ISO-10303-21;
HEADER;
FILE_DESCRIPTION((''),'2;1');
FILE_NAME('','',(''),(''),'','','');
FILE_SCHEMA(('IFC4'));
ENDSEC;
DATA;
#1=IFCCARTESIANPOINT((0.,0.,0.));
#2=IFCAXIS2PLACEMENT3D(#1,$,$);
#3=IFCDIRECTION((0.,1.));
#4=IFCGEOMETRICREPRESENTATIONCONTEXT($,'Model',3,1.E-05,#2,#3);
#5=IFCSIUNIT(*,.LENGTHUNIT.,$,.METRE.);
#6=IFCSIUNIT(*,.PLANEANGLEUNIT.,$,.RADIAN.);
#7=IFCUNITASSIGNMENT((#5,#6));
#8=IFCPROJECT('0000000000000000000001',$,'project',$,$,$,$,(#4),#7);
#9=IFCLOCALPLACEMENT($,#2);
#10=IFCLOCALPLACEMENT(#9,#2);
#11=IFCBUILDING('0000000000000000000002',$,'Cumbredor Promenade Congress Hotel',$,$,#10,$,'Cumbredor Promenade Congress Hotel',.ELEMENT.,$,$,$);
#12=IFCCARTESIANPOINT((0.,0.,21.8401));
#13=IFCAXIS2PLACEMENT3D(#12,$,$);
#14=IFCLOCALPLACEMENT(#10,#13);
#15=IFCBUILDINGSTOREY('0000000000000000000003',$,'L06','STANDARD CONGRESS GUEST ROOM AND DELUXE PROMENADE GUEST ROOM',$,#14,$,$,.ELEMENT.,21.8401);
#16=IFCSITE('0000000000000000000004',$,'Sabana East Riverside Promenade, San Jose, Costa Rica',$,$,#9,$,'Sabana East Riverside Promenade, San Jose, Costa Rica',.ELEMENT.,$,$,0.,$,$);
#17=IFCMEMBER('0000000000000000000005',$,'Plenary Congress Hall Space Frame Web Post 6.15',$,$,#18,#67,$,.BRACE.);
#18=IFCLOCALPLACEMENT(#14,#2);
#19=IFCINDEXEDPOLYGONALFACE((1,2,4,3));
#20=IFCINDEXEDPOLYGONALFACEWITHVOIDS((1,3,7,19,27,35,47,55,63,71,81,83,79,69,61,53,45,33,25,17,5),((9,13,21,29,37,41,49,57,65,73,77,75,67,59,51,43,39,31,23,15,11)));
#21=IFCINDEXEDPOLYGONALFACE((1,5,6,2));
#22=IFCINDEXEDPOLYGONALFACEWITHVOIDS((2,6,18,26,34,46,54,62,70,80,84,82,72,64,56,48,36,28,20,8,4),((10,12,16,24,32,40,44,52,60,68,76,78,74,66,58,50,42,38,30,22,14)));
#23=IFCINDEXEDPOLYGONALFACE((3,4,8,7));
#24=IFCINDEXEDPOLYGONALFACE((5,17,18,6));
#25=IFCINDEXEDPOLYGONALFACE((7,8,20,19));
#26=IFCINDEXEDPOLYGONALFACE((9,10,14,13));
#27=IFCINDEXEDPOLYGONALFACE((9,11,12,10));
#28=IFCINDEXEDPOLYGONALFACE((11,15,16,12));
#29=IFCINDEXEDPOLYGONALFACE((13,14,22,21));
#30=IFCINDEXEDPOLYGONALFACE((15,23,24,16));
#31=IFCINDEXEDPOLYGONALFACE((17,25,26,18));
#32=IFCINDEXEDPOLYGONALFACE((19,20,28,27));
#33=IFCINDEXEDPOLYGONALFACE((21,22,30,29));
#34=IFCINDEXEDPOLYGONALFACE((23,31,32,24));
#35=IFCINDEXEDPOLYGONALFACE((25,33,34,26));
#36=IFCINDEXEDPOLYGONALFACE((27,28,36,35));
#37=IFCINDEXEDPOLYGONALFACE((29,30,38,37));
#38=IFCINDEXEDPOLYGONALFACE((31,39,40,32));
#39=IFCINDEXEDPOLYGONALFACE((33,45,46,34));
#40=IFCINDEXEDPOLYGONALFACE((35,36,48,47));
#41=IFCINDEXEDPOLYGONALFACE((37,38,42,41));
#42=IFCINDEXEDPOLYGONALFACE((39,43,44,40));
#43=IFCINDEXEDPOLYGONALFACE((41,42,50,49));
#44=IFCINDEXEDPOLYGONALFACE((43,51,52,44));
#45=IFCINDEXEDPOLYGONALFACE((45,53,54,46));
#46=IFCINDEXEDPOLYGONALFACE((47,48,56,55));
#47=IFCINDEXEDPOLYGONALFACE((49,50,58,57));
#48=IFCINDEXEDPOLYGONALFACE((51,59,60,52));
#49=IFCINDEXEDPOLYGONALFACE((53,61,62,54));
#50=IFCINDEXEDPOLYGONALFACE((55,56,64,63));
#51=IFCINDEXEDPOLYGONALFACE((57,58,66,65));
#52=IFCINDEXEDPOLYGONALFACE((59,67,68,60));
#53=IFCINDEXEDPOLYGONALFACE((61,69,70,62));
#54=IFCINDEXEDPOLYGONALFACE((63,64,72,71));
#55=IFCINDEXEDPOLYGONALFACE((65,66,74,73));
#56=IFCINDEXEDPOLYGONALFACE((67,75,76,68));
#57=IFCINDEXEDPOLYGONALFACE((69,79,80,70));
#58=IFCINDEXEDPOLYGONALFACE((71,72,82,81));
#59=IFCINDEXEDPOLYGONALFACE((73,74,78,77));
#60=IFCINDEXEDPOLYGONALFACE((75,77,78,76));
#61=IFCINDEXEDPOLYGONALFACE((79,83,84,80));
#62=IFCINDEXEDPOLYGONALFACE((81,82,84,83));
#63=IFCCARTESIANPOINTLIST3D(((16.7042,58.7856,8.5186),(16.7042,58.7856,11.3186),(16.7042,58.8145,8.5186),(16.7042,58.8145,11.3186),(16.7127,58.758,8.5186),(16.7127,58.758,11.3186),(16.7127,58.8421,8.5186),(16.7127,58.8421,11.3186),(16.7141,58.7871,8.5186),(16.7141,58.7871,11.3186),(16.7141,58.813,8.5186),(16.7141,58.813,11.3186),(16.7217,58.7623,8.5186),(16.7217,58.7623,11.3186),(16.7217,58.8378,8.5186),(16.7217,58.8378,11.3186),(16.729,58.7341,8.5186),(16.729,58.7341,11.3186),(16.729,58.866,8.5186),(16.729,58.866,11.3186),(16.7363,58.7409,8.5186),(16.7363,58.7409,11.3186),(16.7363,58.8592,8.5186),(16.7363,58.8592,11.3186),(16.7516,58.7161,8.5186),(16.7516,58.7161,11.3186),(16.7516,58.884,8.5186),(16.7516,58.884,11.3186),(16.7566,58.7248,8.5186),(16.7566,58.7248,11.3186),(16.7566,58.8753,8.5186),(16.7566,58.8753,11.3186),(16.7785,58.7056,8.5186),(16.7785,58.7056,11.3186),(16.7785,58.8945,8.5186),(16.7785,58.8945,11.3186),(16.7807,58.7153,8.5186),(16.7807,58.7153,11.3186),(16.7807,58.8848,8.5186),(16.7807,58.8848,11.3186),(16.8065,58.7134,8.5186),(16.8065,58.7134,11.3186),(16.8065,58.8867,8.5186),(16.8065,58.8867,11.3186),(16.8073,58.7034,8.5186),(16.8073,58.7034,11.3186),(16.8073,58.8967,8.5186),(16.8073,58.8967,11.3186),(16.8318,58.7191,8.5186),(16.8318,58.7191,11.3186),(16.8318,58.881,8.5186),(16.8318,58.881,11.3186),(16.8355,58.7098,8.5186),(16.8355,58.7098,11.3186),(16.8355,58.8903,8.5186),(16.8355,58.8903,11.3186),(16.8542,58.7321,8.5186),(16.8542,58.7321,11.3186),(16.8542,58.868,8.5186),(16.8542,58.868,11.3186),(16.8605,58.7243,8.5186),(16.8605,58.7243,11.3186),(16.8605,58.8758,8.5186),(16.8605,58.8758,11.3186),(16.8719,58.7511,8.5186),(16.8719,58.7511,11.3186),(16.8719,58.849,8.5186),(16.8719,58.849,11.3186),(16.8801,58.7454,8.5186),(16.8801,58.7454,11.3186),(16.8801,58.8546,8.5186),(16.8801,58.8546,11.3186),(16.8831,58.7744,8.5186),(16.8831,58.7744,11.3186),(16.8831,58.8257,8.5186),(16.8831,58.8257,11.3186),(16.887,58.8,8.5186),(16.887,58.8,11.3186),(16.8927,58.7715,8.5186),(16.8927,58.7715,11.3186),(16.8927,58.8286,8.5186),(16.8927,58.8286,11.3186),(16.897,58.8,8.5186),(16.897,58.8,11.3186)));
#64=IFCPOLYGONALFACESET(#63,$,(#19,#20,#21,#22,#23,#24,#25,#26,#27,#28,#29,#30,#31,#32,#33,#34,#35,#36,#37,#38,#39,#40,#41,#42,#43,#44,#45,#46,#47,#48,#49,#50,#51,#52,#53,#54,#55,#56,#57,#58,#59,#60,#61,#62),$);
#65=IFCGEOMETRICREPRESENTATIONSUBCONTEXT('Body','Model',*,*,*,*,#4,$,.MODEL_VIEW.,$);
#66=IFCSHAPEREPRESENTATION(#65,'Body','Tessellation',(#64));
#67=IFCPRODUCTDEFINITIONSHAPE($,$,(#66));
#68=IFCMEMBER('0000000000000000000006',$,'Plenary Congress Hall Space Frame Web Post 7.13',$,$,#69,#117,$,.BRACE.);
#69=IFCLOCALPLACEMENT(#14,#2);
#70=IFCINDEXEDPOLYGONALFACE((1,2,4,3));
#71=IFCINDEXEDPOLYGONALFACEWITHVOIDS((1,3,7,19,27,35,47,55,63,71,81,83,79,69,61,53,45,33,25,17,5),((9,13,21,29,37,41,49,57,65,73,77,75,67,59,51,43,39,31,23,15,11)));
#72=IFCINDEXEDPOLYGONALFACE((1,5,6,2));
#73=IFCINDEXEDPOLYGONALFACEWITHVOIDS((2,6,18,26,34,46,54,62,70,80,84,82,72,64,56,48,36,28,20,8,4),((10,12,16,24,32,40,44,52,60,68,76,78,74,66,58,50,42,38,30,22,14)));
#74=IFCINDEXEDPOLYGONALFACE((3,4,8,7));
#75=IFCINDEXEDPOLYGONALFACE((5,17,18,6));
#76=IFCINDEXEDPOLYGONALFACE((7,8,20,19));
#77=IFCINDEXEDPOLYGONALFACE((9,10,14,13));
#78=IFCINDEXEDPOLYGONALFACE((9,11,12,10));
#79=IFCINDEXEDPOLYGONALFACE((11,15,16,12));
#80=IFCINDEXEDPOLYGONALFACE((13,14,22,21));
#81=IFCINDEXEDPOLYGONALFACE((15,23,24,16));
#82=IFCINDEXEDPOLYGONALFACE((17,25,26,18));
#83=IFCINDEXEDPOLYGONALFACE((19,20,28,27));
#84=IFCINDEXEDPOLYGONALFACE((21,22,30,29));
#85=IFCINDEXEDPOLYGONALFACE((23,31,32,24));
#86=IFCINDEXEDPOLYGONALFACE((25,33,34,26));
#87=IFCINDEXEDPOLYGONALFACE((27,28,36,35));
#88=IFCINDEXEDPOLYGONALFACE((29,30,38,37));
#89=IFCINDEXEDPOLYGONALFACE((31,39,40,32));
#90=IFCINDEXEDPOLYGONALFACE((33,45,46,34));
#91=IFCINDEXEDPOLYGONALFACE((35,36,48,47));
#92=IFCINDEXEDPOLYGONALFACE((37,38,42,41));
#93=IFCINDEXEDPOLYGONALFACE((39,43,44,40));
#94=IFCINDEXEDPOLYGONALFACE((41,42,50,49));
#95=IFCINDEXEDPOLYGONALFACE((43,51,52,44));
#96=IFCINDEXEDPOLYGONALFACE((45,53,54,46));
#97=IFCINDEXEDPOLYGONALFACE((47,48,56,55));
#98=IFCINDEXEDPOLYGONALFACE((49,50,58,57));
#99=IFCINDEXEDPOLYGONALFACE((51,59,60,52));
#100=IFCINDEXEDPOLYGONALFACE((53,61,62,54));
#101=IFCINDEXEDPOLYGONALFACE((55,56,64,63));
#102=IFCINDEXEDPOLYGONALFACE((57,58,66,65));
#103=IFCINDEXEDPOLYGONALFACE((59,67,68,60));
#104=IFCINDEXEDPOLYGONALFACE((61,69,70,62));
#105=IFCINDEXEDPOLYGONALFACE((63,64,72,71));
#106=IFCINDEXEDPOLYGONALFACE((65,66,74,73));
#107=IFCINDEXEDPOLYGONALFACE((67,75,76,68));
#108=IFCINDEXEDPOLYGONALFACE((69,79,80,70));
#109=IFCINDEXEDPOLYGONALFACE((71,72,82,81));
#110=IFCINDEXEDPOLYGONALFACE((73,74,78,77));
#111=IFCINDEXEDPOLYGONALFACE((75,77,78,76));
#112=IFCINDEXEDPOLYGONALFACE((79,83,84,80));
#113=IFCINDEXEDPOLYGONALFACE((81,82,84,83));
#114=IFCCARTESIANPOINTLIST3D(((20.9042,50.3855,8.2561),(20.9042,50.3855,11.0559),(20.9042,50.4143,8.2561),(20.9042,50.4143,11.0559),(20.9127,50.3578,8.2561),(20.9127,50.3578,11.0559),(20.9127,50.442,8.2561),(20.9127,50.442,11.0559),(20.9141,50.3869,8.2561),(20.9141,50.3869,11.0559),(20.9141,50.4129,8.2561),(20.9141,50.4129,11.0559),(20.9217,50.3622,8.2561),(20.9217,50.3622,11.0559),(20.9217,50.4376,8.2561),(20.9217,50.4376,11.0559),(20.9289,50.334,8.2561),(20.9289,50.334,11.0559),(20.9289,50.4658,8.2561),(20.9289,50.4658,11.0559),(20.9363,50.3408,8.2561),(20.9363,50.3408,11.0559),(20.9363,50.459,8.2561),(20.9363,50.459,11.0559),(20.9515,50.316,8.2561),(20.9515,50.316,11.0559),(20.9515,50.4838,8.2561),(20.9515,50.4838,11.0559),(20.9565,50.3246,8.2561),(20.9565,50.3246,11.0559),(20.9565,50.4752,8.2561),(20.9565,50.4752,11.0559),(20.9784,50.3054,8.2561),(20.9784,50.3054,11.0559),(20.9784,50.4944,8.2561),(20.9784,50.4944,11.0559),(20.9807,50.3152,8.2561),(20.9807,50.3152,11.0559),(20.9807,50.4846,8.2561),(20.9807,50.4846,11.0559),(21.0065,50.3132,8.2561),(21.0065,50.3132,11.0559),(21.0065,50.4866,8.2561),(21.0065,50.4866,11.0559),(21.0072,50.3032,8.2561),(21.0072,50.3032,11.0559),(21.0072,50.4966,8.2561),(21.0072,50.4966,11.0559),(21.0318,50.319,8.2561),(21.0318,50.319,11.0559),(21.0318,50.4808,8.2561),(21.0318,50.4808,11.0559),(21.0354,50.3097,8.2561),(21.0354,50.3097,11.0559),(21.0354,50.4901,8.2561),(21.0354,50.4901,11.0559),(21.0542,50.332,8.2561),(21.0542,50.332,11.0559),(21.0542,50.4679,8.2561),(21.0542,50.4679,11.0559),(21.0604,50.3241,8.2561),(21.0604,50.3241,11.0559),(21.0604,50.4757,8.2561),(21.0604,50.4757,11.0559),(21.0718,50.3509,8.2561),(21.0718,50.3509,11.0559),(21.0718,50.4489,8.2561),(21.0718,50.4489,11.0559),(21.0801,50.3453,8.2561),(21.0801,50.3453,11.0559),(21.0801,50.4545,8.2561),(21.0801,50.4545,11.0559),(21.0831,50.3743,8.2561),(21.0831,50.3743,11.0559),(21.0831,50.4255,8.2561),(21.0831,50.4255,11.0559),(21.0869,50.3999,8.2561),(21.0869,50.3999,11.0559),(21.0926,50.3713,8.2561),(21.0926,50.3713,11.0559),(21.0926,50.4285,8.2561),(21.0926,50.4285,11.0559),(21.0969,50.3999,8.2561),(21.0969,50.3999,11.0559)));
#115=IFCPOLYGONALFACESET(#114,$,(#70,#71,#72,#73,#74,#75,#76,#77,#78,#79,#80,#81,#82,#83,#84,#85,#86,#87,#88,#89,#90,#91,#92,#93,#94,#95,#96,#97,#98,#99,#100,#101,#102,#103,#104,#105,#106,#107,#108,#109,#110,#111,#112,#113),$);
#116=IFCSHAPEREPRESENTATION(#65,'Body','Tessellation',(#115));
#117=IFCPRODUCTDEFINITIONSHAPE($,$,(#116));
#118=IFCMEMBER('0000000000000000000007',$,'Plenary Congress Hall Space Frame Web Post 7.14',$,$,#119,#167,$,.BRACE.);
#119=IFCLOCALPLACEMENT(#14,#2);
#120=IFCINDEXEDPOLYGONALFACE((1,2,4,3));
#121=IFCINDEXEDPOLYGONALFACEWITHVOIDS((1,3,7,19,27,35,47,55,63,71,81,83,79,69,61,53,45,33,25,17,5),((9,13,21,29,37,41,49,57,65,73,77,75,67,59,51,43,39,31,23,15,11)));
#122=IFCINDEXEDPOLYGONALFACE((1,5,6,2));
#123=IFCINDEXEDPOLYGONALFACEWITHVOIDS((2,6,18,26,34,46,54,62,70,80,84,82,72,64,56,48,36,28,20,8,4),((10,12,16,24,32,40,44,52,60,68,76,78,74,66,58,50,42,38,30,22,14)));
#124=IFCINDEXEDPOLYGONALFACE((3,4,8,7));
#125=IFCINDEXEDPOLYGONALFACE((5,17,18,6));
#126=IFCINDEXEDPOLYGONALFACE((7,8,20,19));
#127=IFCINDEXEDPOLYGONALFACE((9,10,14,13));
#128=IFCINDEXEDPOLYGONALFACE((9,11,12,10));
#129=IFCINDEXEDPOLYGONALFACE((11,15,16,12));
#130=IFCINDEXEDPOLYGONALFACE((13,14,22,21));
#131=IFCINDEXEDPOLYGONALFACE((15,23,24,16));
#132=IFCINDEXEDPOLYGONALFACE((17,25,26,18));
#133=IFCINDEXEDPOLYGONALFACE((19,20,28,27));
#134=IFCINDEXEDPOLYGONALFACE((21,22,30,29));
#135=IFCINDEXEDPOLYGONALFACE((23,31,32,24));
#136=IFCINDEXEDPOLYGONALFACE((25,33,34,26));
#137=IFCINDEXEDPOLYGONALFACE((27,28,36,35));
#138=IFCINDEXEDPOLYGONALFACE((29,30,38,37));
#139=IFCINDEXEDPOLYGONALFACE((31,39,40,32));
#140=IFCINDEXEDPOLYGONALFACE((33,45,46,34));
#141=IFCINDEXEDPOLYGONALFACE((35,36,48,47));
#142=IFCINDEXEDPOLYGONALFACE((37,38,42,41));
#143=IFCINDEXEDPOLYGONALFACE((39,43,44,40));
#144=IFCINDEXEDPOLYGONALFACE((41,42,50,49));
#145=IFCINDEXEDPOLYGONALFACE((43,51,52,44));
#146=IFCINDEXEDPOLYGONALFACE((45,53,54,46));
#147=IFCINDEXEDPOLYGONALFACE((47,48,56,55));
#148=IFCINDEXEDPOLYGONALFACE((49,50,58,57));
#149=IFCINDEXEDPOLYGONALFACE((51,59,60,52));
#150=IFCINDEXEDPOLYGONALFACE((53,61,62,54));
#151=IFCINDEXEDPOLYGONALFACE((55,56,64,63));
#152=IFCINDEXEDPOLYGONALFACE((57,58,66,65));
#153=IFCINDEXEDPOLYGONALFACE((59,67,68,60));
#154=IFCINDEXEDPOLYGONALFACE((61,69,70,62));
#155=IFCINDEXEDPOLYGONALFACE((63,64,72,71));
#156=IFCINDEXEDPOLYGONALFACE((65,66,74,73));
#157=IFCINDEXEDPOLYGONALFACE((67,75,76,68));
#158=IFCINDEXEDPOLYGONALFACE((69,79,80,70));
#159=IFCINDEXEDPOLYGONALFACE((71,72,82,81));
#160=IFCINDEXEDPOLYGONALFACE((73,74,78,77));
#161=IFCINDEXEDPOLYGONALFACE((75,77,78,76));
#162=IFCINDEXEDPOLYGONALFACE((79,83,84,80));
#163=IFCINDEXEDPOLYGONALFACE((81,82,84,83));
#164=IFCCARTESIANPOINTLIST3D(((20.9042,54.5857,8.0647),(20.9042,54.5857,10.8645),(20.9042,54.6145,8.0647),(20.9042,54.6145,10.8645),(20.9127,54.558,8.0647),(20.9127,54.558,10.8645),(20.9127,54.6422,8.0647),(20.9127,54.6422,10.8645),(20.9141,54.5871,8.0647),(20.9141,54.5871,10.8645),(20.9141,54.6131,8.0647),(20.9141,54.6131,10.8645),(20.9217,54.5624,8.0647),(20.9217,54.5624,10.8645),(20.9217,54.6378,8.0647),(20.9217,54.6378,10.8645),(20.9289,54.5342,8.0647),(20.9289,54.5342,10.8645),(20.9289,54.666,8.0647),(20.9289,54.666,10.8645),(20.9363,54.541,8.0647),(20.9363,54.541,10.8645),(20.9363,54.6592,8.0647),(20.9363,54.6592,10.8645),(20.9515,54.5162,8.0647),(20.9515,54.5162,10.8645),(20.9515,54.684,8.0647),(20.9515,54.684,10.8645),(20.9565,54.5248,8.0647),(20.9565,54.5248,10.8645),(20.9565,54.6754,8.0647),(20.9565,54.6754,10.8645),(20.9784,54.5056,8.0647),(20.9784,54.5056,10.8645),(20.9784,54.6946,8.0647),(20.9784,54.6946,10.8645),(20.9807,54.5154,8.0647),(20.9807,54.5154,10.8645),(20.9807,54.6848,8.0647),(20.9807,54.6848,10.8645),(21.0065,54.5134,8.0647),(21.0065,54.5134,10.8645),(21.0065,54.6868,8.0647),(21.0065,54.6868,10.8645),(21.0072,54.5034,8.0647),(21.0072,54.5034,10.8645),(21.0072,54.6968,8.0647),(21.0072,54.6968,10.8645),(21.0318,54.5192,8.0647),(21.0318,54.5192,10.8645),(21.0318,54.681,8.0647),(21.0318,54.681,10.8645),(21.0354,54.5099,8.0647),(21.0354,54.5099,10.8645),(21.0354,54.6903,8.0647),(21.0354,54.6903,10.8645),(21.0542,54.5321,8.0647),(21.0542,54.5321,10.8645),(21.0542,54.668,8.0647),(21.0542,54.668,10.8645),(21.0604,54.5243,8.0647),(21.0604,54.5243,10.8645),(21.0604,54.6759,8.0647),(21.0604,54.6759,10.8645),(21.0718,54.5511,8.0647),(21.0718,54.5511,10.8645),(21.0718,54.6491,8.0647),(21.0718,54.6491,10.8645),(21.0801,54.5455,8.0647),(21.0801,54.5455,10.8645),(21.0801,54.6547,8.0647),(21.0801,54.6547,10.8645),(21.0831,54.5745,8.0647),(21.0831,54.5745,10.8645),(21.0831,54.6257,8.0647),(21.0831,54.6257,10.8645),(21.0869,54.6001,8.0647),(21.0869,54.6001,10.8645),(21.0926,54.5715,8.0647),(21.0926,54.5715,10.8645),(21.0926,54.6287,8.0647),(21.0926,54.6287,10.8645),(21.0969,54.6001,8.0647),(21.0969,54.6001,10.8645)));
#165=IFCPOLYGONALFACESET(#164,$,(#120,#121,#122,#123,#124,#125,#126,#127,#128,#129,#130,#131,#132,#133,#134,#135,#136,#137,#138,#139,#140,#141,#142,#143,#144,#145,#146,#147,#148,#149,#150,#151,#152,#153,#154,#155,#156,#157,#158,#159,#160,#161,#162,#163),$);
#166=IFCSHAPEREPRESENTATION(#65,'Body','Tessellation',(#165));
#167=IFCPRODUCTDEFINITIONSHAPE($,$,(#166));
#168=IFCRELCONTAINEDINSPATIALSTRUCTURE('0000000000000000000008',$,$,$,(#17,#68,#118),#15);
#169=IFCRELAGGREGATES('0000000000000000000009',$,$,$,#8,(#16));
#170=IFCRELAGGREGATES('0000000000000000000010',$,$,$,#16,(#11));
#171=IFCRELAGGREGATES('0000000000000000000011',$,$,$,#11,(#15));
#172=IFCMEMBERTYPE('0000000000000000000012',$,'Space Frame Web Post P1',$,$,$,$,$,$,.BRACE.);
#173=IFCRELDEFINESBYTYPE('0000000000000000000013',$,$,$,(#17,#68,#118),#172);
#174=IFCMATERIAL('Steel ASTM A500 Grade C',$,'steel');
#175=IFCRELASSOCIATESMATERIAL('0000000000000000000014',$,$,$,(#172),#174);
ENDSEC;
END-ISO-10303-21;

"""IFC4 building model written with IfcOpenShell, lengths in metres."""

from ifc_helpers import new_model, si_unit, direction, frame, origin, origin_2d, place, context, subcontext, project, spatial, hollow_circle, extrude, material, material_profile, profile_set, type_object, element, save


model = new_model("IFC4")

# Units and contexts
model_context = context("Model", 3, precision=1e-05, world=origin(), true_north=direction((0.0, 1.0)))
body_context = subcontext(model_context, "Body", "Model", "MODEL_VIEW")
ifc_project = project(units=[si_unit("LENGTHUNIT", "METRE"), si_unit("PLANEANGLEUNIT", "RADIAN")], contexts=[model_context])

# Site, building, storey
site_placement = place(None, origin())
site = spatial("IfcSite", under=ifc_project, at=site_placement, Name="Sabana East Riverside Promenade, San Jose, Costa Rica", LongName="Sabana East Riverside Promenade, San Jose, Costa Rica", CompositionType="ELEMENT", RefElevation=0.0)
building_placement = place(site_placement, origin())
building = spatial("IfcBuilding", under=site, at=building_placement, Name="Cumbredor Promenade Congress Hotel", LongName="Cumbredor Promenade Congress Hotel", CompositionType="ELEMENT")
storey_placement = place(building_placement, frame((0.0, 0.0, 21.8401)))
storey = spatial("IfcBuildingStorey", under=building, at=storey_placement, Name="L06", Description="STANDARD CONGRESS GUEST ROOM AND DELUXE PROMENADE GUEST ROOM", CompositionType="ELEMENT", Elevation=21.8401)

# Members
ifc_material_1 = material(Name="Steel ASTM A500 Grade C", Category="steel")
ifc_material_profile_1 = material_profile(ifc_material_1, hollow_circle(Radius=0.0969, WallThickness=0.01, at=origin_2d()), Name="CHS 193.7x10")
ifc_profile_set_1 = profile_set([ifc_material_profile_1], Name="Steel ASTM A500 Grade C")
member_type_1 = type_object("IfcMemberType", Name="Space Frame Web Post P1", PredefinedType="BRACE", material=ifc_profile_set_1)
for number, where, z_axis, x_axis, name in (
    (1, (16.8, 58.8, 8.5186), (0.0, 0.0, 1.0), (1.0, 0.0, 0.0), "Plenary Congress Hall Space Frame Web Post 6.15"),
):
    element("IfcMember", number, at=place(storey_placement, frame(where, z_axis=z_axis, x_axis=x_axis)), inside=storey, type_object=member_type_1, Name=name, PredefinedType="BRACE", context=body_context, shape_type="SweptSolid", body=[
        extrude(hollow_circle(Radius=0.0969, WallThickness=0.01, at=origin_2d()), origin(), (0.0, 0.0, 1.0), 2.8),
    ])
for number, where, z_axis, x_axis, name in (
    (2, (21.0, 50.3999, 8.2561), (0.0, 0.0, 1.0), (1.0, 0.0, 0.0), "Plenary Congress Hall Space Frame Web Post 7.13"),
    (3, (21.0, 54.6001, 8.0647), (0.0, 0.0, 1.0), (1.0, 0.0, 0.0), "Plenary Congress Hall Space Frame Web Post 7.14"),
):
    element("IfcMember", number, at=place(storey_placement, frame(where, z_axis=z_axis, x_axis=x_axis)), inside=storey, type_object=member_type_1, Name=name, PredefinedType="BRACE", context=body_context, shape_type="SweptSolid", body=[
        extrude(hollow_circle(Radius=0.0969, WallThickness=0.01, at=origin_2d()), origin(), (0.0, 0.0, 1.0), 2.7998),
    ])

save(model, "model.ifc")
